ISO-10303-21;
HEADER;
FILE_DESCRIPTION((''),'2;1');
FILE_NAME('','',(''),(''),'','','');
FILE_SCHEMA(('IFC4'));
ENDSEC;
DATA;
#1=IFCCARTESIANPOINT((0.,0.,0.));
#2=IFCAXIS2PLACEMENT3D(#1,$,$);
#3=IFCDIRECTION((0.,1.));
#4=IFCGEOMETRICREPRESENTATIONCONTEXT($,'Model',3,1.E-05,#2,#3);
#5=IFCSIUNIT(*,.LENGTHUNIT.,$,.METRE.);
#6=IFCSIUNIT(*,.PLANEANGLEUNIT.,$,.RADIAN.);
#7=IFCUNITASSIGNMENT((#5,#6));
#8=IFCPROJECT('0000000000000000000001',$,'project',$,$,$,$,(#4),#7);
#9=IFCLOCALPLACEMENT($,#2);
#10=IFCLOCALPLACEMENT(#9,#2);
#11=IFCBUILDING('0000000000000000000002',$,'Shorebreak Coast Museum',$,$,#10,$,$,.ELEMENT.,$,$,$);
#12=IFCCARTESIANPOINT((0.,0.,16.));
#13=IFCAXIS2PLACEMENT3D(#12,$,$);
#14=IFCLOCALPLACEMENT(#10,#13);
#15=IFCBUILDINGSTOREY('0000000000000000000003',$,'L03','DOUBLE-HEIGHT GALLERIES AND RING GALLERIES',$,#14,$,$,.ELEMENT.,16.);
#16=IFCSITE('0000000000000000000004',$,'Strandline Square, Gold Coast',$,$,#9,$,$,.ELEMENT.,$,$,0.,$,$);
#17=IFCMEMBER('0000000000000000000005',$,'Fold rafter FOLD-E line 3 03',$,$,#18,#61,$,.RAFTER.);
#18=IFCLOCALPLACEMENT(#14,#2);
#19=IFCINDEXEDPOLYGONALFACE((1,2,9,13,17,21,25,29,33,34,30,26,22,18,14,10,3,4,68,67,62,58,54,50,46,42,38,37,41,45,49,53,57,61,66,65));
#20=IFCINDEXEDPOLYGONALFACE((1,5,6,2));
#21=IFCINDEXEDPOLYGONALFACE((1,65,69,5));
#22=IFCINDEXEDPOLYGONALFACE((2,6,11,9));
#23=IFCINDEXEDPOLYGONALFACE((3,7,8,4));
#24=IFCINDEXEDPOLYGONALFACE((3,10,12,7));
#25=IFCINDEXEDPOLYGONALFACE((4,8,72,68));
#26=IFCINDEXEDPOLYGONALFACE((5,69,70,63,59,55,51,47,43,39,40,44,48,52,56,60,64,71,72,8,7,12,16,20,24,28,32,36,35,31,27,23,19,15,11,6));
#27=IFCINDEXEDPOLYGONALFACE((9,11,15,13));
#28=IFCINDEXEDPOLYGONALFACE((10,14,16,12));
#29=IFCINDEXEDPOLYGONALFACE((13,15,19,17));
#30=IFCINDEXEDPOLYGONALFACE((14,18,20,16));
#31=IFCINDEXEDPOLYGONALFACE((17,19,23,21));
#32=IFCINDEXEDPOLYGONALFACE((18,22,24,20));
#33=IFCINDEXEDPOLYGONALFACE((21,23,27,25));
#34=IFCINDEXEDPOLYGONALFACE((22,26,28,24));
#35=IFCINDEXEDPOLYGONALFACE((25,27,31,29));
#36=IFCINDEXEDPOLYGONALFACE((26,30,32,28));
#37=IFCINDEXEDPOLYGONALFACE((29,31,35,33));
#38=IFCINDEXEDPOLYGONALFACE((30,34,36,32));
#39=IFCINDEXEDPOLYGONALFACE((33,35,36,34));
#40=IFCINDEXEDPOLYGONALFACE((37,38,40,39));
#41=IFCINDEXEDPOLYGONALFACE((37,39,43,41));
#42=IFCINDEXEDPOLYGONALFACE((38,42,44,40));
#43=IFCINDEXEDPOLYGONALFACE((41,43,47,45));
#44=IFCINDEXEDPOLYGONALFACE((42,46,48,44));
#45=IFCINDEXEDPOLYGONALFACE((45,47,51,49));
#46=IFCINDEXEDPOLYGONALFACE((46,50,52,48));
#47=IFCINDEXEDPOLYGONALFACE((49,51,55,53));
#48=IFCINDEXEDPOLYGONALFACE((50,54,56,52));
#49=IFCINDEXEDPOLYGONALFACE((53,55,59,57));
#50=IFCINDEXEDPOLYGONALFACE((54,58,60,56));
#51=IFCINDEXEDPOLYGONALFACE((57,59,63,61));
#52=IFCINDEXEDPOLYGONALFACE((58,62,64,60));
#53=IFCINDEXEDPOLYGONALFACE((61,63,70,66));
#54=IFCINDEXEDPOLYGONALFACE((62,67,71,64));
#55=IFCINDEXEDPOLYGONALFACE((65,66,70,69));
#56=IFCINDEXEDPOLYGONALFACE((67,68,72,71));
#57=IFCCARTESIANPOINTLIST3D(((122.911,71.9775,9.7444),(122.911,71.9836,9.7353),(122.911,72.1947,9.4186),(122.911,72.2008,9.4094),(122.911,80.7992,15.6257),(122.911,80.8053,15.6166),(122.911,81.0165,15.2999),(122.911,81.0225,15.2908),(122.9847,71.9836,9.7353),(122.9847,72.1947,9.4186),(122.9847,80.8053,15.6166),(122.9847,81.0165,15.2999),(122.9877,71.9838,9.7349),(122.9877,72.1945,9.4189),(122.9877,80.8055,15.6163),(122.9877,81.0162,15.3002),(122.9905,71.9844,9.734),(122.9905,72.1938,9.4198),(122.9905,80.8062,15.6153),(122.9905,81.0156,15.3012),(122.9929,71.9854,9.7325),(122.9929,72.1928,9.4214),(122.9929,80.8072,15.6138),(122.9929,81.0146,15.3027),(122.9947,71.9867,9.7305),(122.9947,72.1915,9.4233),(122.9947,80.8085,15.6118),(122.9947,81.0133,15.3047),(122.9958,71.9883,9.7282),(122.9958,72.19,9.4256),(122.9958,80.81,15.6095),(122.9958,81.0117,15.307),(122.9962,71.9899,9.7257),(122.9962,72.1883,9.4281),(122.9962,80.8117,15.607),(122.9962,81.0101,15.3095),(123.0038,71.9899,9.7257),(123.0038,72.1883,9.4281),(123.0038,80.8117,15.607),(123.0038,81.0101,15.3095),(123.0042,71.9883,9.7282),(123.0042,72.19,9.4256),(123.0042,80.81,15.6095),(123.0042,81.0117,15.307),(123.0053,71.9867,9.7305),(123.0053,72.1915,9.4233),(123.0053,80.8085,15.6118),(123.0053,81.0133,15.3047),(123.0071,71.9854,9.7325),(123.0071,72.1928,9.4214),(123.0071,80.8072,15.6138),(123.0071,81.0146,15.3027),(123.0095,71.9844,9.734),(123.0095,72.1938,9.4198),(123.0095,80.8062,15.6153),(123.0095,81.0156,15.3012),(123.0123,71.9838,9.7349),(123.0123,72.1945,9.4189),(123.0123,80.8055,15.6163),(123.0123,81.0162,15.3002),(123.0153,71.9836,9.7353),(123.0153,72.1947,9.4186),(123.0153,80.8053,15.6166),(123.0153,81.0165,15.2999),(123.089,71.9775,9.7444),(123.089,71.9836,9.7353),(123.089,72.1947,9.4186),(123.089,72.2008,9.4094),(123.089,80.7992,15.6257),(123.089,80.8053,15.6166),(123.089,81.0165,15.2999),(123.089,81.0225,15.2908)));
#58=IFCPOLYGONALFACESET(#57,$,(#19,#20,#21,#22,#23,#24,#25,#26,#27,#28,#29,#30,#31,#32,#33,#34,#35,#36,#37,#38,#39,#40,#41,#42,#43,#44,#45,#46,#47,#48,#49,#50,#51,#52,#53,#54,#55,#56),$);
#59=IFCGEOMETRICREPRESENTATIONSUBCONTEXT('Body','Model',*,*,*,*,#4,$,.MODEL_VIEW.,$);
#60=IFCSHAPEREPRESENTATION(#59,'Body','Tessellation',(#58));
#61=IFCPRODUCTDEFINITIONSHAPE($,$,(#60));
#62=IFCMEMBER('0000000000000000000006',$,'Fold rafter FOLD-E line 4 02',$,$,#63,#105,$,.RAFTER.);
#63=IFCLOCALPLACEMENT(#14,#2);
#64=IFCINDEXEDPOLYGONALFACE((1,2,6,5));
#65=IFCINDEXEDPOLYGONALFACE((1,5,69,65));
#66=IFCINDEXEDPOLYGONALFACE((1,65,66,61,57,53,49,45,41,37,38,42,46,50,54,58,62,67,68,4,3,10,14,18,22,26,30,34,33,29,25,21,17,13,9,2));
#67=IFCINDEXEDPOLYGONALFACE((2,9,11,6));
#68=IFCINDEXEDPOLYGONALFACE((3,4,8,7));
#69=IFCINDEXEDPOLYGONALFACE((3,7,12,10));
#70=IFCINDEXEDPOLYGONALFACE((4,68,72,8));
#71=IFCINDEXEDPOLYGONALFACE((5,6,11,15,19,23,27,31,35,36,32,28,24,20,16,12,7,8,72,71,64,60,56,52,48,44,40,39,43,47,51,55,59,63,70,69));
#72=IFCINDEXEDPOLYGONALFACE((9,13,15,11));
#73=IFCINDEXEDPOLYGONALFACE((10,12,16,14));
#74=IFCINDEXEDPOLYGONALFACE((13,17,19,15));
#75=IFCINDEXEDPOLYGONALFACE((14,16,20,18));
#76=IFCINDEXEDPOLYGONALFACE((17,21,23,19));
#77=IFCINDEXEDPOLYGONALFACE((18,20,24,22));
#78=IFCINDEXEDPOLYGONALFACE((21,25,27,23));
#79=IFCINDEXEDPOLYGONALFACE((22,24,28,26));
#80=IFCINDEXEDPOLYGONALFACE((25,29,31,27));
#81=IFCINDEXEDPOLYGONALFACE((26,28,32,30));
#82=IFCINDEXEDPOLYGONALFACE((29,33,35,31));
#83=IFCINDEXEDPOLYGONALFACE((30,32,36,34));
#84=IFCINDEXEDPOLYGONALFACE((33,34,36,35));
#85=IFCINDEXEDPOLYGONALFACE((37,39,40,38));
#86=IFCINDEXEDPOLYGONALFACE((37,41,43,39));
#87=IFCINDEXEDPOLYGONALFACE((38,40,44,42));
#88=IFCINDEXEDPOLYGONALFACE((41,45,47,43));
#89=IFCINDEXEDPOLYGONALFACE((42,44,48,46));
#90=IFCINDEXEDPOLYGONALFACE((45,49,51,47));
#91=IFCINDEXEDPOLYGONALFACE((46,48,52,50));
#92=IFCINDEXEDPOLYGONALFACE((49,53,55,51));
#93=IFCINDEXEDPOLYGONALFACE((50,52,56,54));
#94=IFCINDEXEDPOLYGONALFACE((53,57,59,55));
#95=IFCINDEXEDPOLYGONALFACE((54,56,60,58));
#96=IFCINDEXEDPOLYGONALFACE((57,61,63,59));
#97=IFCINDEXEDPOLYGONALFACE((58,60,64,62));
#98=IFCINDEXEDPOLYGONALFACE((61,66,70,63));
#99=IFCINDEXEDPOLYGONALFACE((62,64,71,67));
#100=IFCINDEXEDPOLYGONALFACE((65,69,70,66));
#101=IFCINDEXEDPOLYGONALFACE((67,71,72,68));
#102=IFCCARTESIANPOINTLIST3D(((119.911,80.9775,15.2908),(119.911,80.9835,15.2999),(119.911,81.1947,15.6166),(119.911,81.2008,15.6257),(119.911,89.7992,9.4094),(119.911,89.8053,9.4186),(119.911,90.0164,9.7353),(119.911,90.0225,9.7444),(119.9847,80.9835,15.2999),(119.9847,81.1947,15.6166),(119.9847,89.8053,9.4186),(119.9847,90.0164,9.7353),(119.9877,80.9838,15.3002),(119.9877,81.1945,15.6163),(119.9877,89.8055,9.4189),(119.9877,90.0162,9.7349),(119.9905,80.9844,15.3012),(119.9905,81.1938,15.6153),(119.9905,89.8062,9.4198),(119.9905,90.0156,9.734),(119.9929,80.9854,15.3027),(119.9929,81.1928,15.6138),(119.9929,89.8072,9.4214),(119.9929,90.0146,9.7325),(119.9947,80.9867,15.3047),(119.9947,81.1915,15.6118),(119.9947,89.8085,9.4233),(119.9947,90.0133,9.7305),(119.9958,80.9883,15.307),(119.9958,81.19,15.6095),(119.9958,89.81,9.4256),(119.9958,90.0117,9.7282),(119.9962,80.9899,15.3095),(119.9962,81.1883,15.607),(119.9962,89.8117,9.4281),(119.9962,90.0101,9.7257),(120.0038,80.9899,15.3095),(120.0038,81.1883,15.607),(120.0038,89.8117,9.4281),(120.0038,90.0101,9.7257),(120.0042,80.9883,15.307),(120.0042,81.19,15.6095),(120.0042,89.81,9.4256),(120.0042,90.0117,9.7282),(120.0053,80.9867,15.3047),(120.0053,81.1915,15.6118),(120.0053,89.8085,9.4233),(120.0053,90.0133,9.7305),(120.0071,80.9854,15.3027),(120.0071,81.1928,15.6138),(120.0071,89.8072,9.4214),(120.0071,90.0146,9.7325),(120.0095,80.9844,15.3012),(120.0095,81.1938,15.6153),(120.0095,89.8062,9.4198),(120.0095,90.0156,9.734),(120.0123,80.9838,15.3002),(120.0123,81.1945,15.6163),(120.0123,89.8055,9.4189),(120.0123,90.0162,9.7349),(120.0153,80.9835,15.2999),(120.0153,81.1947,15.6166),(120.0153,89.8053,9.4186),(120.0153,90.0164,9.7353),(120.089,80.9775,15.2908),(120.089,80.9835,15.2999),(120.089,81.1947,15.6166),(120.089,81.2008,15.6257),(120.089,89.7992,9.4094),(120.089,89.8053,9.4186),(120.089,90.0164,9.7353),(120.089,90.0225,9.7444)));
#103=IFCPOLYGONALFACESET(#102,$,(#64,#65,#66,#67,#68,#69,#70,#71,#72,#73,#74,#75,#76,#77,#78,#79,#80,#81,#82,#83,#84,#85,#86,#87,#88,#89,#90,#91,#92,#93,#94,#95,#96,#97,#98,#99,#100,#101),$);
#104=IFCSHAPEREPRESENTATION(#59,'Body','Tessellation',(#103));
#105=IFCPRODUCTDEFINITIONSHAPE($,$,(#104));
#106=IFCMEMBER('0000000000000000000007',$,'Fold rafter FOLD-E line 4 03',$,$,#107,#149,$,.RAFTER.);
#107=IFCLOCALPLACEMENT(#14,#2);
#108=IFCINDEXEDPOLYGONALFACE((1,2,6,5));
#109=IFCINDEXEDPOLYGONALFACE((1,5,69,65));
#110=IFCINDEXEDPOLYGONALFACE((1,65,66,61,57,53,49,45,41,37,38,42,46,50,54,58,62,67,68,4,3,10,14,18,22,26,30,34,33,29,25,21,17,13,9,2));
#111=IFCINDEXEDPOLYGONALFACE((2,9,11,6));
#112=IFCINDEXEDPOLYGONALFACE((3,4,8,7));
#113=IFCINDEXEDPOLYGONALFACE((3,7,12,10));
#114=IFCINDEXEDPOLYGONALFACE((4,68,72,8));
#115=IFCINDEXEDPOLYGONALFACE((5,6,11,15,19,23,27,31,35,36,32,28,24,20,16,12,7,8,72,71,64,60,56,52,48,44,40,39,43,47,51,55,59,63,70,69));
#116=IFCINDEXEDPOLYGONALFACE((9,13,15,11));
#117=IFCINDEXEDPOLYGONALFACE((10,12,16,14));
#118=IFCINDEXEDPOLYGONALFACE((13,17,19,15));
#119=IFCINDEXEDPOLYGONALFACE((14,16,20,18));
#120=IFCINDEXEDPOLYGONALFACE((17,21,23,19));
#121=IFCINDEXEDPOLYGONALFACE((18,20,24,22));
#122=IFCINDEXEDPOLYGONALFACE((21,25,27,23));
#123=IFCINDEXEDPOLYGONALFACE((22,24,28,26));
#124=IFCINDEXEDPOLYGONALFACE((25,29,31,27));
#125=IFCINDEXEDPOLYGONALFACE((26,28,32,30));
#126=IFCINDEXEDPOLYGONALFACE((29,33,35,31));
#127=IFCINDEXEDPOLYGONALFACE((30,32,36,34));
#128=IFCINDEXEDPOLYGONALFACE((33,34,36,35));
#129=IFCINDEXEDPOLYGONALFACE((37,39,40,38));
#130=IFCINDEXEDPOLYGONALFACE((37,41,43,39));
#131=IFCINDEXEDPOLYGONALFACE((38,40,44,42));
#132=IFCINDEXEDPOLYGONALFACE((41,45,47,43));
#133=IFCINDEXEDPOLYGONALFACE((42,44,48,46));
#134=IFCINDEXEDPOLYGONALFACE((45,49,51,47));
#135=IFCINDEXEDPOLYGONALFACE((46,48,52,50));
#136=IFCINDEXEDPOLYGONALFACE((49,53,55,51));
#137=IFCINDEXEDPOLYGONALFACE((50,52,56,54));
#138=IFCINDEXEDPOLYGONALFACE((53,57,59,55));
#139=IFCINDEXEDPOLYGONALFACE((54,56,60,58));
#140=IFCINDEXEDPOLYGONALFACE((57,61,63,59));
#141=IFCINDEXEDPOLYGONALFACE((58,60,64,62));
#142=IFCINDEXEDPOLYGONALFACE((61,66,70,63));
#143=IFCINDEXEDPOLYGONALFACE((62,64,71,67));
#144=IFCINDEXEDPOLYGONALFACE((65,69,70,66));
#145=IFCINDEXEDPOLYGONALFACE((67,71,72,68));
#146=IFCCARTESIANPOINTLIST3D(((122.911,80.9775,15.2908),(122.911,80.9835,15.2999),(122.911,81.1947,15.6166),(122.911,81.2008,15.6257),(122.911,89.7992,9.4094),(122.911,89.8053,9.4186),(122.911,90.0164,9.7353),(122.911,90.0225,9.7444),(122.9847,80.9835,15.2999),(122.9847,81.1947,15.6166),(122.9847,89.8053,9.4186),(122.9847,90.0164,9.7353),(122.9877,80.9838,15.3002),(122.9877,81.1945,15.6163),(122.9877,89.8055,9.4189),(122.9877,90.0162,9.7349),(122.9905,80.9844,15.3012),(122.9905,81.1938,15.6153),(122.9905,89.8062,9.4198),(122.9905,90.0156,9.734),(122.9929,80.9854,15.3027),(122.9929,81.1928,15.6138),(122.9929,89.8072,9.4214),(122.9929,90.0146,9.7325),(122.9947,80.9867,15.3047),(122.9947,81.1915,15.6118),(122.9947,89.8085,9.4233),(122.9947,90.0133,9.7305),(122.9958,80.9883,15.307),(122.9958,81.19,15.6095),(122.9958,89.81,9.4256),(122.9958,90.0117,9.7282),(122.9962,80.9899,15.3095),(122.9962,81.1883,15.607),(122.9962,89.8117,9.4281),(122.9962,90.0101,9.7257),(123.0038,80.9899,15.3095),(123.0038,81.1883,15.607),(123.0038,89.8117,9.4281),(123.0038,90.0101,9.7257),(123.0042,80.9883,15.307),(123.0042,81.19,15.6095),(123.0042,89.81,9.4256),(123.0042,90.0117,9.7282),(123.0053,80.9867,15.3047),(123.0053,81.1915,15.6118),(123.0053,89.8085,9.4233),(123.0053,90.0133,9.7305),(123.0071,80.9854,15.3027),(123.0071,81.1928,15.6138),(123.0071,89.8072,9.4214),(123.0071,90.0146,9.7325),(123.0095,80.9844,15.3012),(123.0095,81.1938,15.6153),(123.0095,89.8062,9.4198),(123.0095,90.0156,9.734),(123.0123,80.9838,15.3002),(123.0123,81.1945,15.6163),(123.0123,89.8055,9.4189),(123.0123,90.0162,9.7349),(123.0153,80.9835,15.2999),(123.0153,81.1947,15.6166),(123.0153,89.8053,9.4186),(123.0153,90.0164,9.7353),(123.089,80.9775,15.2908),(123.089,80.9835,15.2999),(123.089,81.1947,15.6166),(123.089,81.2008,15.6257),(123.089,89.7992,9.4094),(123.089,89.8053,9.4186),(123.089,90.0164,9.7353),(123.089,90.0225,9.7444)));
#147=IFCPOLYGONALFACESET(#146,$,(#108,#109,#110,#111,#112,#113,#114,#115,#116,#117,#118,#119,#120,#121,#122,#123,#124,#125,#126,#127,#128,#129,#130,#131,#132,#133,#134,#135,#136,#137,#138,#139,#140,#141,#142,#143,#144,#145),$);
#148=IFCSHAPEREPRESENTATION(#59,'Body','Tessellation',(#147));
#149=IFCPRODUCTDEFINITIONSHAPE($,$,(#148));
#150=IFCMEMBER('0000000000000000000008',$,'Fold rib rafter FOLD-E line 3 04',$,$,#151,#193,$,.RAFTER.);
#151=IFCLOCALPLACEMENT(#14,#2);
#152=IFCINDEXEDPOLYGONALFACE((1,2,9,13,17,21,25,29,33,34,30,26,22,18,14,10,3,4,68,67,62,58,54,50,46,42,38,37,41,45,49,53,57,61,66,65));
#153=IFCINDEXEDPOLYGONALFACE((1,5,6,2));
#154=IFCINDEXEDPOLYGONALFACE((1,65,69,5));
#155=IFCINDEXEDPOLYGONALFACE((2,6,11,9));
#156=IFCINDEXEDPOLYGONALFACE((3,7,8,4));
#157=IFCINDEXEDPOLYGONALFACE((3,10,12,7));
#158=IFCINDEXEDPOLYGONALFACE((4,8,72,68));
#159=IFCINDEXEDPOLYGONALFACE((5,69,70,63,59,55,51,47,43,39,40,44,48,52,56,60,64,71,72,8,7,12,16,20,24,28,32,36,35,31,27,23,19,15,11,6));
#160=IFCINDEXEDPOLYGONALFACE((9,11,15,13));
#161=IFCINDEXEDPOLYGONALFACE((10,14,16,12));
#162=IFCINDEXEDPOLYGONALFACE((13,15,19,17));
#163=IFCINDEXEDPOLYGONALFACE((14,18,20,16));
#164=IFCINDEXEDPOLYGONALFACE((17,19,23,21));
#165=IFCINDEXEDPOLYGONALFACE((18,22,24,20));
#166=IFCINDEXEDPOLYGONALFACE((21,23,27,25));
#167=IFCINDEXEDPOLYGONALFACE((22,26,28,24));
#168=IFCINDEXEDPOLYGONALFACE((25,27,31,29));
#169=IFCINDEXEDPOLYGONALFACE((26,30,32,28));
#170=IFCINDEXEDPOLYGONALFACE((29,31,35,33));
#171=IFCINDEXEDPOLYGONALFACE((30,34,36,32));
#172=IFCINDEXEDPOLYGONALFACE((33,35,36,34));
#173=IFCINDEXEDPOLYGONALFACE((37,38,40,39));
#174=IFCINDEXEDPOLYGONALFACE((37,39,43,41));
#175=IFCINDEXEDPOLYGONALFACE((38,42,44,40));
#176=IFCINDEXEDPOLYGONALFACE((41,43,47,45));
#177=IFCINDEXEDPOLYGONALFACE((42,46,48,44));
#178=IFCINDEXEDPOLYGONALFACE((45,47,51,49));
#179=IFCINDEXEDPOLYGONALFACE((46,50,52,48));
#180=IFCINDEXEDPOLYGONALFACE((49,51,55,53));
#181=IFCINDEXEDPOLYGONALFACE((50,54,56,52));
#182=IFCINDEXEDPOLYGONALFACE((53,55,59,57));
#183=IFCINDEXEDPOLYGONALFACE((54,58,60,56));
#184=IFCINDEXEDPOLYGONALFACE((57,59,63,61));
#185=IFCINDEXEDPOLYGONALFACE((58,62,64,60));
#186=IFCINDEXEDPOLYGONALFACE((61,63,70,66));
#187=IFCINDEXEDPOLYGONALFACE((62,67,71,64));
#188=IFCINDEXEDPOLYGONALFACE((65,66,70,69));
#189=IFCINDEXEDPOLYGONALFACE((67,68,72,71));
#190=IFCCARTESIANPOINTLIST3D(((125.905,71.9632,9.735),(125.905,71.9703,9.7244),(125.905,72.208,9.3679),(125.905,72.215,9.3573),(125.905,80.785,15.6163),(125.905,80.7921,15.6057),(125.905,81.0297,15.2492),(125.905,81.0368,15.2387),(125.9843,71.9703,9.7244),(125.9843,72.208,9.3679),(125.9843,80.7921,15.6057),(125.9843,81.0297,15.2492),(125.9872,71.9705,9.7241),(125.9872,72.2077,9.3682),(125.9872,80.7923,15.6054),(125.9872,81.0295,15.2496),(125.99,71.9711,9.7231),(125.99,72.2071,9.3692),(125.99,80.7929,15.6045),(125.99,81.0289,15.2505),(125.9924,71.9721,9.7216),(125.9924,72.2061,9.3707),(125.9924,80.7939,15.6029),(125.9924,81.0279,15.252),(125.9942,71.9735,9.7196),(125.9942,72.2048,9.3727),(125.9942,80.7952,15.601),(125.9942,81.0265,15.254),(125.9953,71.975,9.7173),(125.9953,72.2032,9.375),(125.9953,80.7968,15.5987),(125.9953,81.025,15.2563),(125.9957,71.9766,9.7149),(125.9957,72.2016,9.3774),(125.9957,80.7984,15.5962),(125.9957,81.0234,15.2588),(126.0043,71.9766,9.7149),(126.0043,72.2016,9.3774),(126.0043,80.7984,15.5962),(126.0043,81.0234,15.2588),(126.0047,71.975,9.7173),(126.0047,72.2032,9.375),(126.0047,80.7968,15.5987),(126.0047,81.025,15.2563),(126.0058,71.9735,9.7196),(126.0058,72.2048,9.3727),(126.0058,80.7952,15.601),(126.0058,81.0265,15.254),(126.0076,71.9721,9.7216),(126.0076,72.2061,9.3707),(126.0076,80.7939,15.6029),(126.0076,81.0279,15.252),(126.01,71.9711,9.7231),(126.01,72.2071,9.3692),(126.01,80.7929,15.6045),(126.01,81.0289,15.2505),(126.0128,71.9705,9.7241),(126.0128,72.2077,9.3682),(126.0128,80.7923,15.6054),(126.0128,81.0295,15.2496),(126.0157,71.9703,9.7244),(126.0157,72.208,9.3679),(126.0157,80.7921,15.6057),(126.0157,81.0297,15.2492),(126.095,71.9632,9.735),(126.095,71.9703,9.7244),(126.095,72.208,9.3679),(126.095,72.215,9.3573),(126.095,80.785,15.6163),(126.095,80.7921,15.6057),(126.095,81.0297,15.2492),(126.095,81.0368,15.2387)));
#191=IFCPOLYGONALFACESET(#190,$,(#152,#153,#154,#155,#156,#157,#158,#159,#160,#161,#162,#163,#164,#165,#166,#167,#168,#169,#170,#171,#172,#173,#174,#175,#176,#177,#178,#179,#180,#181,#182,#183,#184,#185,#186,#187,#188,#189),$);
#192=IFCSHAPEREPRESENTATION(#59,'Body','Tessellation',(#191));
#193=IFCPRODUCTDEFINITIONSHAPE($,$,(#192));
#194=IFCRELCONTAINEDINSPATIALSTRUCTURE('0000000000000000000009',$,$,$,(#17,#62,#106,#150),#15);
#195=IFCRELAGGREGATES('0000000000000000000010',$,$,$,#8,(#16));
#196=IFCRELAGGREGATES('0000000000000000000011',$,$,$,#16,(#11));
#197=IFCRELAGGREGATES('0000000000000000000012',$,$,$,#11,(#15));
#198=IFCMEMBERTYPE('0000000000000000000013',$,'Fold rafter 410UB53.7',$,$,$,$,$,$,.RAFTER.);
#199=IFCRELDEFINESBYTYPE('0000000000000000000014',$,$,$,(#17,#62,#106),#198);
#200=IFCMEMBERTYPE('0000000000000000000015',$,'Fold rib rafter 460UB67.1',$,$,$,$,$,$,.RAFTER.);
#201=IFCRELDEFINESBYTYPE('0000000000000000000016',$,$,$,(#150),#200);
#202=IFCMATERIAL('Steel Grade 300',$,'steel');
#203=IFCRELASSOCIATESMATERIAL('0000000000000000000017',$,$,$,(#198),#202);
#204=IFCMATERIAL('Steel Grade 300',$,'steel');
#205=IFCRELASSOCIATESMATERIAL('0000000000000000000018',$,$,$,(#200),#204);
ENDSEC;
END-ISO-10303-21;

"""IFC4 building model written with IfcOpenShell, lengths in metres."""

from ifc_helpers import new_model, si_unit, direction, frame, origin, origin_2d, place, context, subcontext, project, spatial, i_section, extrude, material, material_profile, profile_set, type_object, element, save


model = new_model("IFC4")

# Units and contexts
model_context = context("Model", 3, precision=1e-05, world=origin(), true_north=direction((0.0, 1.0)))
body_context = subcontext(model_context, "Body", "Model", "MODEL_VIEW")
ifc_project = project(units=[si_unit("LENGTHUNIT", "METRE"), si_unit("PLANEANGLEUNIT", "RADIAN")], contexts=[model_context])

# Site, building, storey
site_placement = place(None, origin())
site = spatial("IfcSite", under=ifc_project, at=site_placement, Name="Strandline Square, Gold Coast", CompositionType="ELEMENT", RefElevation=0.0)
building_placement = place(site_placement, origin())
building = spatial("IfcBuilding", under=site, at=building_placement, Name="Shorebreak Coast Museum", CompositionType="ELEMENT")
storey_placement = place(building_placement, frame((0.0, 0.0, 16.0)))
storey = spatial("IfcBuildingStorey", under=building, at=storey_placement, Name="L03", Description="DOUBLE-HEIGHT GALLERIES AND RING GALLERIES", CompositionType="ELEMENT", Elevation=16.0)

# Members
ifc_material_1 = material(Name="Steel Grade 300", Category="steel")
ifc_material_profile_1 = material_profile(ifc_material_1, i_section(OverallWidth=0.178, OverallDepth=0.4026, WebThickness=0.0076, FlangeThickness=0.011, FilletRadius=0.0115, at=origin_2d()), Name="410UB53.7")
ifc_profile_set_1 = profile_set([ifc_material_profile_1], Name="Steel Grade 300")
member_type_1 = type_object("IfcMemberType", Name="Fold rafter 410UB53.7", PredefinedType="RAFTER", material=ifc_profile_set_1)
for number, where, z_axis, x_axis, name in (
    (1, (123.0, 80.9109, 15.4583), (0.0, -0.832043, -0.554711), (1.0, 0.0, 0.0), "Fold rafter FOLD-E line 3 03"),
    (2, (120.0, 81.0891, 15.4583), (0.0, 0.832043, -0.554711), (-1.0, 0.0, 0.0), "Fold rafter FOLD-E line 4 02"),
    (3, (123.0, 81.0891, 15.4583), (0.0, 0.832043, -0.554711), (-1.0, 0.0, 0.0), "Fold rafter FOLD-E line 4 03"),
):
    element("IfcMember", number, at=place(storey_placement, frame(where, z_axis=z_axis, x_axis=x_axis)), inside=storey, type_object=member_type_1, Name=name, PredefinedType="RAFTER", context=body_context, shape_type="SweptSolid", body=[
        extrude(i_section(OverallWidth=0.178, OverallDepth=0.4026, WebThickness=0.0076, FlangeThickness=0.011, FilletRadius=0.0115, at=origin_2d()), origin(), (0.0, 0.0, 1.0), 10.6025),
    ])
ifc_material_2 = material(Name="Steel Grade 300", Category="steel")
ifc_material_profile_2 = material_profile(ifc_material_2, i_section(OverallWidth=0.1899, OverallDepth=0.4539, WebThickness=0.0085, FlangeThickness=0.0127, FilletRadius=0.0115, at=origin_2d()), Name="460UB67.1")
ifc_profile_set_2 = profile_set([ifc_material_profile_2], Name="Steel Grade 300")
member_type_2 = type_object("IfcMemberType", Name="Fold rib rafter 460UB67.1", PredefinedType="RAFTER", material=ifc_profile_set_2)
for number, where, z_axis, x_axis, name in (
    (4, (126.0, 80.9109, 15.4275), (0.0, -0.832043, -0.554711), (1.0, 0.0, 0.0), "Fold rib rafter FOLD-E line 3 04"),
):
    element("IfcMember", number, at=place(storey_placement, frame(where, z_axis=z_axis, x_axis=x_axis)), inside=storey, type_object=member_type_2, Name=name, PredefinedType="RAFTER", context=body_context, shape_type="SweptSolid", body=[
        extrude(i_section(OverallWidth=0.1899, OverallDepth=0.4539, WebThickness=0.0085, FlangeThickness=0.0127, FilletRadius=0.0115, at=origin_2d()), origin(), (0.0, 0.0, 1.0), 10.6025),
    ])

save(model, "model.ifc")
